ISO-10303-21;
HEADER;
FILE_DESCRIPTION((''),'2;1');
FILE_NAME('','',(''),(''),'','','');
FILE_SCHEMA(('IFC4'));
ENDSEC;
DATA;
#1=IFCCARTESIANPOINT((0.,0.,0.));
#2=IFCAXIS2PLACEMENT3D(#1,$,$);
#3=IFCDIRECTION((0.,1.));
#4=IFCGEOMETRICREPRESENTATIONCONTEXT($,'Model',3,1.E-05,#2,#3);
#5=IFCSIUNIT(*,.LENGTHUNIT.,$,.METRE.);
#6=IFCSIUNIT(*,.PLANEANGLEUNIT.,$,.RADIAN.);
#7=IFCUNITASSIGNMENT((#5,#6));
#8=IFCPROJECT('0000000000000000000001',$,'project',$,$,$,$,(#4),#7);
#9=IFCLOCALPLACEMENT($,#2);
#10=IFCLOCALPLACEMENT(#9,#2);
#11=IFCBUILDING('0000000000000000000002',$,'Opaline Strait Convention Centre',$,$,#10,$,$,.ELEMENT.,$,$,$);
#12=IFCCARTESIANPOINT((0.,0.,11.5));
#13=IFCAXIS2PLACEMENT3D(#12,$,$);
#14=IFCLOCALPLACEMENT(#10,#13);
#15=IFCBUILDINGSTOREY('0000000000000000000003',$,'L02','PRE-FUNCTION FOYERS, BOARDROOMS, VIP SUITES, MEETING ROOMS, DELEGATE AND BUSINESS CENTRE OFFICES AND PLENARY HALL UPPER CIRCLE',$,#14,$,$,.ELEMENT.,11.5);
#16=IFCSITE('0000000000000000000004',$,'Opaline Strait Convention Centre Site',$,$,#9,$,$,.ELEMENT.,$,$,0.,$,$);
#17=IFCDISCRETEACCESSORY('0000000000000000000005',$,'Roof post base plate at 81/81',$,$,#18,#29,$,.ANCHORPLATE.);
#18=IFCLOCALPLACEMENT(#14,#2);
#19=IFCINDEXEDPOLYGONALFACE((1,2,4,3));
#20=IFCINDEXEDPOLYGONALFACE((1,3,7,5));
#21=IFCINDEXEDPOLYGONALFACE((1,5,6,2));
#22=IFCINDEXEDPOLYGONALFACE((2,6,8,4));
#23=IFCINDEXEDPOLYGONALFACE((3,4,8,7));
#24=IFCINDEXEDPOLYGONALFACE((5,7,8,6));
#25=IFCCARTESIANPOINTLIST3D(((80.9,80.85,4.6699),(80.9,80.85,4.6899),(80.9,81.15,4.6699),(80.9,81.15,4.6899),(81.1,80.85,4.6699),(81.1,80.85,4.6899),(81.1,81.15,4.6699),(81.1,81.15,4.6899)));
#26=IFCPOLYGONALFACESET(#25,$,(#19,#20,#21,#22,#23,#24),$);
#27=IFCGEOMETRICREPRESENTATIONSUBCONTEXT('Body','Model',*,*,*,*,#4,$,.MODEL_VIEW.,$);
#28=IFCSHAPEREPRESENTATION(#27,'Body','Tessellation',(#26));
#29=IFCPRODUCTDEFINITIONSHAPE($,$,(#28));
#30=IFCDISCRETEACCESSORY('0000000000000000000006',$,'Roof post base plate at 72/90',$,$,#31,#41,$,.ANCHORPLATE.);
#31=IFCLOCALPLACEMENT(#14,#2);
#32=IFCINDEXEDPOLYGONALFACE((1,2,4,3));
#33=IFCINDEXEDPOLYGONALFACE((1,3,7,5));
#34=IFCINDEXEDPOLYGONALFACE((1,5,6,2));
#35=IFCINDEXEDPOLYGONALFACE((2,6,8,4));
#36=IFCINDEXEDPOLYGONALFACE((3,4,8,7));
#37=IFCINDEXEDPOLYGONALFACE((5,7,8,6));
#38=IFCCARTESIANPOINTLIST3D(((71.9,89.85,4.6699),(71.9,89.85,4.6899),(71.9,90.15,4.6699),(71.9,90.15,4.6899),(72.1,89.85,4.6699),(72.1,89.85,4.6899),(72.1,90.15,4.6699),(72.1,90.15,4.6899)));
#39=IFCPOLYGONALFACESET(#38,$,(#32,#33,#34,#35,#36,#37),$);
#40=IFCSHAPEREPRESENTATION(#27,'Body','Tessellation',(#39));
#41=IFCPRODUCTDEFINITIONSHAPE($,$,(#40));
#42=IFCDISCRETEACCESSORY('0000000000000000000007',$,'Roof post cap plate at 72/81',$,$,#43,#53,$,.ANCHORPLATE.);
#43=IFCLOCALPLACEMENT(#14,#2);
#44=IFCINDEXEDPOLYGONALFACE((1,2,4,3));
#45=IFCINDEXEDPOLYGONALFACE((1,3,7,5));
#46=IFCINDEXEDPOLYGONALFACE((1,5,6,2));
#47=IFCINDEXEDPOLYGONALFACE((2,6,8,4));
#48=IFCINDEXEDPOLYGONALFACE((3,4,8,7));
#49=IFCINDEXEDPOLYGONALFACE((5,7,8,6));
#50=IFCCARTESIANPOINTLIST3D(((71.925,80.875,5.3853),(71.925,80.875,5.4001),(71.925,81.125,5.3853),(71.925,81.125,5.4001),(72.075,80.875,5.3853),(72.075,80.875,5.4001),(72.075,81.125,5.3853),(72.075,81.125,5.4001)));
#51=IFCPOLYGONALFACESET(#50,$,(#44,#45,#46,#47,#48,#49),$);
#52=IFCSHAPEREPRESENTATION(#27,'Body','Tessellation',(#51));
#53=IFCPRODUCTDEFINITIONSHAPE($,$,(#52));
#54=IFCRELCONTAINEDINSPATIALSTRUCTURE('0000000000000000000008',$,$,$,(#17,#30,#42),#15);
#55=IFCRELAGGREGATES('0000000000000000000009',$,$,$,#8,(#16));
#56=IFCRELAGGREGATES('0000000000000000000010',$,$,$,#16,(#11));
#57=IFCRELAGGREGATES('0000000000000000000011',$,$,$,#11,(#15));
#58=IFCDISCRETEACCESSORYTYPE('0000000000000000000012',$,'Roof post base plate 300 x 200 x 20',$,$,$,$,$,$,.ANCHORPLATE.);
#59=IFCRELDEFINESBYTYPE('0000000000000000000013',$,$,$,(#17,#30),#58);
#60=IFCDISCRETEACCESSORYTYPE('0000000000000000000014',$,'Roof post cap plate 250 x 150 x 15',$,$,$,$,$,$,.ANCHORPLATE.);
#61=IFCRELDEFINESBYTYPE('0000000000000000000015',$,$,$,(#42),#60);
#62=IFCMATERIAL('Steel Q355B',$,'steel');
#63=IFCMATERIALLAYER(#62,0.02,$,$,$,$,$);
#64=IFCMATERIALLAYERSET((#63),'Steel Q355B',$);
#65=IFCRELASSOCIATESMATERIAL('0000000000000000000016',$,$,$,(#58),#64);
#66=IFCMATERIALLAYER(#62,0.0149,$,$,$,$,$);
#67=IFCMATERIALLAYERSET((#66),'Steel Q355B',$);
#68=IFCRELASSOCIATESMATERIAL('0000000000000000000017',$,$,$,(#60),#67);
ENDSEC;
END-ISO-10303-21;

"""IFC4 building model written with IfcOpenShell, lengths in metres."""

from ifc_helpers import new_model, si_unit, direction, frame, origin, origin_2d, place, context, subcontext, project, spatial, rectangle, extrude, material, layer, layer_set, type_object, element, save


model = new_model("IFC4")

# Units and contexts
model_context = context("Model", 3, precision=1e-05, world=origin(), true_north=direction((0.0, 1.0)))
body_context = subcontext(model_context, "Body", "Model", "MODEL_VIEW")
ifc_project = project(units=[si_unit("LENGTHUNIT", "METRE"), si_unit("PLANEANGLEUNIT", "RADIAN")], contexts=[model_context])

# Site, building, storey
site_placement = place(None, origin())
site = spatial("IfcSite", under=ifc_project, at=site_placement, Name="Opaline Strait Convention Centre Site", CompositionType="ELEMENT", RefElevation=0.0)
building_placement = place(site_placement, origin())
building = spatial("IfcBuilding", under=site, at=building_placement, Name="Opaline Strait Convention Centre", CompositionType="ELEMENT")
storey_placement = place(building_placement, frame((0.0, 0.0, 11.5)))
storey = spatial("IfcBuildingStorey", under=building, at=storey_placement, Name="L02", Description="PRE-FUNCTION FOYERS, BOARDROOMS, VIP SUITES, MEETING ROOMS, DELEGATE AND BUSINESS CENTRE OFFICES AND PLENARY HALL UPPER CIRCLE", CompositionType="ELEMENT", Elevation=11.5)

# Shared definitions
ifc_material_1 = material(Name="Steel Q355B", Category="steel")

# Discrete accessories
ifc_layer_1 = layer(ifc_material_1, 0.02)
ifc_layer_set_1 = layer_set([ifc_layer_1], Name="Steel Q355B")
discrete_accessory_type_1 = type_object("IfcDiscreteAccessoryType", Name="Roof post base plate 300 x 200 x 20", PredefinedType="ANCHORPLATE", material=ifc_layer_set_1)
for number, where, z_axis, x_axis, name in (
    (1, (81.0, 81.0, 4.6699), (0.0, 0.0, 1.0), (1.0, 0.0, 0.0), "Roof post base plate at 81/81"),
    (2, (72.0, 90.0, 4.6699), (0.0, 0.0, 1.0), (1.0, 0.0, 0.0), "Roof post base plate at 72/90"),
):
    element("IfcDiscreteAccessory", number, at=place(storey_placement, frame(where, z_axis=z_axis, x_axis=x_axis)), inside=storey, type_object=discrete_accessory_type_1, Name=name, PredefinedType="ANCHORPLATE", context=body_context, shape_type="SweptSolid", body=[
        extrude(rectangle(XDim=0.2, YDim=0.3, at=origin_2d()), origin(), (0.0, 0.0, 1.0), 0.02),
    ])
ifc_layer_2 = layer(ifc_material_1, 0.0149)
ifc_layer_set_2 = layer_set([ifc_layer_2], Name="Steel Q355B")
discrete_accessory_type_2 = type_object("IfcDiscreteAccessoryType", Name="Roof post cap plate 250 x 150 x 15", PredefinedType="ANCHORPLATE", material=ifc_layer_set_2)
discrete_accessory_placement = place(storey_placement, frame((72.0, 81.0, 5.3853), z_axis=(0.0, 0.0, 1.0), x_axis=(1.0, 0.0, 0.0)))
element("IfcDiscreteAccessory", 3, at=discrete_accessory_placement, inside=storey, type_object=discrete_accessory_type_2, Name="Roof post cap plate at 72/81", PredefinedType="ANCHORPLATE", context=body_context, shape_type="SweptSolid", body=[
    extrude(rectangle(XDim=0.1499, YDim=0.25, at=origin_2d()), origin(), (0.0, 0.0, 1.0), 0.0149),
])

save(model, "model.ifc")
